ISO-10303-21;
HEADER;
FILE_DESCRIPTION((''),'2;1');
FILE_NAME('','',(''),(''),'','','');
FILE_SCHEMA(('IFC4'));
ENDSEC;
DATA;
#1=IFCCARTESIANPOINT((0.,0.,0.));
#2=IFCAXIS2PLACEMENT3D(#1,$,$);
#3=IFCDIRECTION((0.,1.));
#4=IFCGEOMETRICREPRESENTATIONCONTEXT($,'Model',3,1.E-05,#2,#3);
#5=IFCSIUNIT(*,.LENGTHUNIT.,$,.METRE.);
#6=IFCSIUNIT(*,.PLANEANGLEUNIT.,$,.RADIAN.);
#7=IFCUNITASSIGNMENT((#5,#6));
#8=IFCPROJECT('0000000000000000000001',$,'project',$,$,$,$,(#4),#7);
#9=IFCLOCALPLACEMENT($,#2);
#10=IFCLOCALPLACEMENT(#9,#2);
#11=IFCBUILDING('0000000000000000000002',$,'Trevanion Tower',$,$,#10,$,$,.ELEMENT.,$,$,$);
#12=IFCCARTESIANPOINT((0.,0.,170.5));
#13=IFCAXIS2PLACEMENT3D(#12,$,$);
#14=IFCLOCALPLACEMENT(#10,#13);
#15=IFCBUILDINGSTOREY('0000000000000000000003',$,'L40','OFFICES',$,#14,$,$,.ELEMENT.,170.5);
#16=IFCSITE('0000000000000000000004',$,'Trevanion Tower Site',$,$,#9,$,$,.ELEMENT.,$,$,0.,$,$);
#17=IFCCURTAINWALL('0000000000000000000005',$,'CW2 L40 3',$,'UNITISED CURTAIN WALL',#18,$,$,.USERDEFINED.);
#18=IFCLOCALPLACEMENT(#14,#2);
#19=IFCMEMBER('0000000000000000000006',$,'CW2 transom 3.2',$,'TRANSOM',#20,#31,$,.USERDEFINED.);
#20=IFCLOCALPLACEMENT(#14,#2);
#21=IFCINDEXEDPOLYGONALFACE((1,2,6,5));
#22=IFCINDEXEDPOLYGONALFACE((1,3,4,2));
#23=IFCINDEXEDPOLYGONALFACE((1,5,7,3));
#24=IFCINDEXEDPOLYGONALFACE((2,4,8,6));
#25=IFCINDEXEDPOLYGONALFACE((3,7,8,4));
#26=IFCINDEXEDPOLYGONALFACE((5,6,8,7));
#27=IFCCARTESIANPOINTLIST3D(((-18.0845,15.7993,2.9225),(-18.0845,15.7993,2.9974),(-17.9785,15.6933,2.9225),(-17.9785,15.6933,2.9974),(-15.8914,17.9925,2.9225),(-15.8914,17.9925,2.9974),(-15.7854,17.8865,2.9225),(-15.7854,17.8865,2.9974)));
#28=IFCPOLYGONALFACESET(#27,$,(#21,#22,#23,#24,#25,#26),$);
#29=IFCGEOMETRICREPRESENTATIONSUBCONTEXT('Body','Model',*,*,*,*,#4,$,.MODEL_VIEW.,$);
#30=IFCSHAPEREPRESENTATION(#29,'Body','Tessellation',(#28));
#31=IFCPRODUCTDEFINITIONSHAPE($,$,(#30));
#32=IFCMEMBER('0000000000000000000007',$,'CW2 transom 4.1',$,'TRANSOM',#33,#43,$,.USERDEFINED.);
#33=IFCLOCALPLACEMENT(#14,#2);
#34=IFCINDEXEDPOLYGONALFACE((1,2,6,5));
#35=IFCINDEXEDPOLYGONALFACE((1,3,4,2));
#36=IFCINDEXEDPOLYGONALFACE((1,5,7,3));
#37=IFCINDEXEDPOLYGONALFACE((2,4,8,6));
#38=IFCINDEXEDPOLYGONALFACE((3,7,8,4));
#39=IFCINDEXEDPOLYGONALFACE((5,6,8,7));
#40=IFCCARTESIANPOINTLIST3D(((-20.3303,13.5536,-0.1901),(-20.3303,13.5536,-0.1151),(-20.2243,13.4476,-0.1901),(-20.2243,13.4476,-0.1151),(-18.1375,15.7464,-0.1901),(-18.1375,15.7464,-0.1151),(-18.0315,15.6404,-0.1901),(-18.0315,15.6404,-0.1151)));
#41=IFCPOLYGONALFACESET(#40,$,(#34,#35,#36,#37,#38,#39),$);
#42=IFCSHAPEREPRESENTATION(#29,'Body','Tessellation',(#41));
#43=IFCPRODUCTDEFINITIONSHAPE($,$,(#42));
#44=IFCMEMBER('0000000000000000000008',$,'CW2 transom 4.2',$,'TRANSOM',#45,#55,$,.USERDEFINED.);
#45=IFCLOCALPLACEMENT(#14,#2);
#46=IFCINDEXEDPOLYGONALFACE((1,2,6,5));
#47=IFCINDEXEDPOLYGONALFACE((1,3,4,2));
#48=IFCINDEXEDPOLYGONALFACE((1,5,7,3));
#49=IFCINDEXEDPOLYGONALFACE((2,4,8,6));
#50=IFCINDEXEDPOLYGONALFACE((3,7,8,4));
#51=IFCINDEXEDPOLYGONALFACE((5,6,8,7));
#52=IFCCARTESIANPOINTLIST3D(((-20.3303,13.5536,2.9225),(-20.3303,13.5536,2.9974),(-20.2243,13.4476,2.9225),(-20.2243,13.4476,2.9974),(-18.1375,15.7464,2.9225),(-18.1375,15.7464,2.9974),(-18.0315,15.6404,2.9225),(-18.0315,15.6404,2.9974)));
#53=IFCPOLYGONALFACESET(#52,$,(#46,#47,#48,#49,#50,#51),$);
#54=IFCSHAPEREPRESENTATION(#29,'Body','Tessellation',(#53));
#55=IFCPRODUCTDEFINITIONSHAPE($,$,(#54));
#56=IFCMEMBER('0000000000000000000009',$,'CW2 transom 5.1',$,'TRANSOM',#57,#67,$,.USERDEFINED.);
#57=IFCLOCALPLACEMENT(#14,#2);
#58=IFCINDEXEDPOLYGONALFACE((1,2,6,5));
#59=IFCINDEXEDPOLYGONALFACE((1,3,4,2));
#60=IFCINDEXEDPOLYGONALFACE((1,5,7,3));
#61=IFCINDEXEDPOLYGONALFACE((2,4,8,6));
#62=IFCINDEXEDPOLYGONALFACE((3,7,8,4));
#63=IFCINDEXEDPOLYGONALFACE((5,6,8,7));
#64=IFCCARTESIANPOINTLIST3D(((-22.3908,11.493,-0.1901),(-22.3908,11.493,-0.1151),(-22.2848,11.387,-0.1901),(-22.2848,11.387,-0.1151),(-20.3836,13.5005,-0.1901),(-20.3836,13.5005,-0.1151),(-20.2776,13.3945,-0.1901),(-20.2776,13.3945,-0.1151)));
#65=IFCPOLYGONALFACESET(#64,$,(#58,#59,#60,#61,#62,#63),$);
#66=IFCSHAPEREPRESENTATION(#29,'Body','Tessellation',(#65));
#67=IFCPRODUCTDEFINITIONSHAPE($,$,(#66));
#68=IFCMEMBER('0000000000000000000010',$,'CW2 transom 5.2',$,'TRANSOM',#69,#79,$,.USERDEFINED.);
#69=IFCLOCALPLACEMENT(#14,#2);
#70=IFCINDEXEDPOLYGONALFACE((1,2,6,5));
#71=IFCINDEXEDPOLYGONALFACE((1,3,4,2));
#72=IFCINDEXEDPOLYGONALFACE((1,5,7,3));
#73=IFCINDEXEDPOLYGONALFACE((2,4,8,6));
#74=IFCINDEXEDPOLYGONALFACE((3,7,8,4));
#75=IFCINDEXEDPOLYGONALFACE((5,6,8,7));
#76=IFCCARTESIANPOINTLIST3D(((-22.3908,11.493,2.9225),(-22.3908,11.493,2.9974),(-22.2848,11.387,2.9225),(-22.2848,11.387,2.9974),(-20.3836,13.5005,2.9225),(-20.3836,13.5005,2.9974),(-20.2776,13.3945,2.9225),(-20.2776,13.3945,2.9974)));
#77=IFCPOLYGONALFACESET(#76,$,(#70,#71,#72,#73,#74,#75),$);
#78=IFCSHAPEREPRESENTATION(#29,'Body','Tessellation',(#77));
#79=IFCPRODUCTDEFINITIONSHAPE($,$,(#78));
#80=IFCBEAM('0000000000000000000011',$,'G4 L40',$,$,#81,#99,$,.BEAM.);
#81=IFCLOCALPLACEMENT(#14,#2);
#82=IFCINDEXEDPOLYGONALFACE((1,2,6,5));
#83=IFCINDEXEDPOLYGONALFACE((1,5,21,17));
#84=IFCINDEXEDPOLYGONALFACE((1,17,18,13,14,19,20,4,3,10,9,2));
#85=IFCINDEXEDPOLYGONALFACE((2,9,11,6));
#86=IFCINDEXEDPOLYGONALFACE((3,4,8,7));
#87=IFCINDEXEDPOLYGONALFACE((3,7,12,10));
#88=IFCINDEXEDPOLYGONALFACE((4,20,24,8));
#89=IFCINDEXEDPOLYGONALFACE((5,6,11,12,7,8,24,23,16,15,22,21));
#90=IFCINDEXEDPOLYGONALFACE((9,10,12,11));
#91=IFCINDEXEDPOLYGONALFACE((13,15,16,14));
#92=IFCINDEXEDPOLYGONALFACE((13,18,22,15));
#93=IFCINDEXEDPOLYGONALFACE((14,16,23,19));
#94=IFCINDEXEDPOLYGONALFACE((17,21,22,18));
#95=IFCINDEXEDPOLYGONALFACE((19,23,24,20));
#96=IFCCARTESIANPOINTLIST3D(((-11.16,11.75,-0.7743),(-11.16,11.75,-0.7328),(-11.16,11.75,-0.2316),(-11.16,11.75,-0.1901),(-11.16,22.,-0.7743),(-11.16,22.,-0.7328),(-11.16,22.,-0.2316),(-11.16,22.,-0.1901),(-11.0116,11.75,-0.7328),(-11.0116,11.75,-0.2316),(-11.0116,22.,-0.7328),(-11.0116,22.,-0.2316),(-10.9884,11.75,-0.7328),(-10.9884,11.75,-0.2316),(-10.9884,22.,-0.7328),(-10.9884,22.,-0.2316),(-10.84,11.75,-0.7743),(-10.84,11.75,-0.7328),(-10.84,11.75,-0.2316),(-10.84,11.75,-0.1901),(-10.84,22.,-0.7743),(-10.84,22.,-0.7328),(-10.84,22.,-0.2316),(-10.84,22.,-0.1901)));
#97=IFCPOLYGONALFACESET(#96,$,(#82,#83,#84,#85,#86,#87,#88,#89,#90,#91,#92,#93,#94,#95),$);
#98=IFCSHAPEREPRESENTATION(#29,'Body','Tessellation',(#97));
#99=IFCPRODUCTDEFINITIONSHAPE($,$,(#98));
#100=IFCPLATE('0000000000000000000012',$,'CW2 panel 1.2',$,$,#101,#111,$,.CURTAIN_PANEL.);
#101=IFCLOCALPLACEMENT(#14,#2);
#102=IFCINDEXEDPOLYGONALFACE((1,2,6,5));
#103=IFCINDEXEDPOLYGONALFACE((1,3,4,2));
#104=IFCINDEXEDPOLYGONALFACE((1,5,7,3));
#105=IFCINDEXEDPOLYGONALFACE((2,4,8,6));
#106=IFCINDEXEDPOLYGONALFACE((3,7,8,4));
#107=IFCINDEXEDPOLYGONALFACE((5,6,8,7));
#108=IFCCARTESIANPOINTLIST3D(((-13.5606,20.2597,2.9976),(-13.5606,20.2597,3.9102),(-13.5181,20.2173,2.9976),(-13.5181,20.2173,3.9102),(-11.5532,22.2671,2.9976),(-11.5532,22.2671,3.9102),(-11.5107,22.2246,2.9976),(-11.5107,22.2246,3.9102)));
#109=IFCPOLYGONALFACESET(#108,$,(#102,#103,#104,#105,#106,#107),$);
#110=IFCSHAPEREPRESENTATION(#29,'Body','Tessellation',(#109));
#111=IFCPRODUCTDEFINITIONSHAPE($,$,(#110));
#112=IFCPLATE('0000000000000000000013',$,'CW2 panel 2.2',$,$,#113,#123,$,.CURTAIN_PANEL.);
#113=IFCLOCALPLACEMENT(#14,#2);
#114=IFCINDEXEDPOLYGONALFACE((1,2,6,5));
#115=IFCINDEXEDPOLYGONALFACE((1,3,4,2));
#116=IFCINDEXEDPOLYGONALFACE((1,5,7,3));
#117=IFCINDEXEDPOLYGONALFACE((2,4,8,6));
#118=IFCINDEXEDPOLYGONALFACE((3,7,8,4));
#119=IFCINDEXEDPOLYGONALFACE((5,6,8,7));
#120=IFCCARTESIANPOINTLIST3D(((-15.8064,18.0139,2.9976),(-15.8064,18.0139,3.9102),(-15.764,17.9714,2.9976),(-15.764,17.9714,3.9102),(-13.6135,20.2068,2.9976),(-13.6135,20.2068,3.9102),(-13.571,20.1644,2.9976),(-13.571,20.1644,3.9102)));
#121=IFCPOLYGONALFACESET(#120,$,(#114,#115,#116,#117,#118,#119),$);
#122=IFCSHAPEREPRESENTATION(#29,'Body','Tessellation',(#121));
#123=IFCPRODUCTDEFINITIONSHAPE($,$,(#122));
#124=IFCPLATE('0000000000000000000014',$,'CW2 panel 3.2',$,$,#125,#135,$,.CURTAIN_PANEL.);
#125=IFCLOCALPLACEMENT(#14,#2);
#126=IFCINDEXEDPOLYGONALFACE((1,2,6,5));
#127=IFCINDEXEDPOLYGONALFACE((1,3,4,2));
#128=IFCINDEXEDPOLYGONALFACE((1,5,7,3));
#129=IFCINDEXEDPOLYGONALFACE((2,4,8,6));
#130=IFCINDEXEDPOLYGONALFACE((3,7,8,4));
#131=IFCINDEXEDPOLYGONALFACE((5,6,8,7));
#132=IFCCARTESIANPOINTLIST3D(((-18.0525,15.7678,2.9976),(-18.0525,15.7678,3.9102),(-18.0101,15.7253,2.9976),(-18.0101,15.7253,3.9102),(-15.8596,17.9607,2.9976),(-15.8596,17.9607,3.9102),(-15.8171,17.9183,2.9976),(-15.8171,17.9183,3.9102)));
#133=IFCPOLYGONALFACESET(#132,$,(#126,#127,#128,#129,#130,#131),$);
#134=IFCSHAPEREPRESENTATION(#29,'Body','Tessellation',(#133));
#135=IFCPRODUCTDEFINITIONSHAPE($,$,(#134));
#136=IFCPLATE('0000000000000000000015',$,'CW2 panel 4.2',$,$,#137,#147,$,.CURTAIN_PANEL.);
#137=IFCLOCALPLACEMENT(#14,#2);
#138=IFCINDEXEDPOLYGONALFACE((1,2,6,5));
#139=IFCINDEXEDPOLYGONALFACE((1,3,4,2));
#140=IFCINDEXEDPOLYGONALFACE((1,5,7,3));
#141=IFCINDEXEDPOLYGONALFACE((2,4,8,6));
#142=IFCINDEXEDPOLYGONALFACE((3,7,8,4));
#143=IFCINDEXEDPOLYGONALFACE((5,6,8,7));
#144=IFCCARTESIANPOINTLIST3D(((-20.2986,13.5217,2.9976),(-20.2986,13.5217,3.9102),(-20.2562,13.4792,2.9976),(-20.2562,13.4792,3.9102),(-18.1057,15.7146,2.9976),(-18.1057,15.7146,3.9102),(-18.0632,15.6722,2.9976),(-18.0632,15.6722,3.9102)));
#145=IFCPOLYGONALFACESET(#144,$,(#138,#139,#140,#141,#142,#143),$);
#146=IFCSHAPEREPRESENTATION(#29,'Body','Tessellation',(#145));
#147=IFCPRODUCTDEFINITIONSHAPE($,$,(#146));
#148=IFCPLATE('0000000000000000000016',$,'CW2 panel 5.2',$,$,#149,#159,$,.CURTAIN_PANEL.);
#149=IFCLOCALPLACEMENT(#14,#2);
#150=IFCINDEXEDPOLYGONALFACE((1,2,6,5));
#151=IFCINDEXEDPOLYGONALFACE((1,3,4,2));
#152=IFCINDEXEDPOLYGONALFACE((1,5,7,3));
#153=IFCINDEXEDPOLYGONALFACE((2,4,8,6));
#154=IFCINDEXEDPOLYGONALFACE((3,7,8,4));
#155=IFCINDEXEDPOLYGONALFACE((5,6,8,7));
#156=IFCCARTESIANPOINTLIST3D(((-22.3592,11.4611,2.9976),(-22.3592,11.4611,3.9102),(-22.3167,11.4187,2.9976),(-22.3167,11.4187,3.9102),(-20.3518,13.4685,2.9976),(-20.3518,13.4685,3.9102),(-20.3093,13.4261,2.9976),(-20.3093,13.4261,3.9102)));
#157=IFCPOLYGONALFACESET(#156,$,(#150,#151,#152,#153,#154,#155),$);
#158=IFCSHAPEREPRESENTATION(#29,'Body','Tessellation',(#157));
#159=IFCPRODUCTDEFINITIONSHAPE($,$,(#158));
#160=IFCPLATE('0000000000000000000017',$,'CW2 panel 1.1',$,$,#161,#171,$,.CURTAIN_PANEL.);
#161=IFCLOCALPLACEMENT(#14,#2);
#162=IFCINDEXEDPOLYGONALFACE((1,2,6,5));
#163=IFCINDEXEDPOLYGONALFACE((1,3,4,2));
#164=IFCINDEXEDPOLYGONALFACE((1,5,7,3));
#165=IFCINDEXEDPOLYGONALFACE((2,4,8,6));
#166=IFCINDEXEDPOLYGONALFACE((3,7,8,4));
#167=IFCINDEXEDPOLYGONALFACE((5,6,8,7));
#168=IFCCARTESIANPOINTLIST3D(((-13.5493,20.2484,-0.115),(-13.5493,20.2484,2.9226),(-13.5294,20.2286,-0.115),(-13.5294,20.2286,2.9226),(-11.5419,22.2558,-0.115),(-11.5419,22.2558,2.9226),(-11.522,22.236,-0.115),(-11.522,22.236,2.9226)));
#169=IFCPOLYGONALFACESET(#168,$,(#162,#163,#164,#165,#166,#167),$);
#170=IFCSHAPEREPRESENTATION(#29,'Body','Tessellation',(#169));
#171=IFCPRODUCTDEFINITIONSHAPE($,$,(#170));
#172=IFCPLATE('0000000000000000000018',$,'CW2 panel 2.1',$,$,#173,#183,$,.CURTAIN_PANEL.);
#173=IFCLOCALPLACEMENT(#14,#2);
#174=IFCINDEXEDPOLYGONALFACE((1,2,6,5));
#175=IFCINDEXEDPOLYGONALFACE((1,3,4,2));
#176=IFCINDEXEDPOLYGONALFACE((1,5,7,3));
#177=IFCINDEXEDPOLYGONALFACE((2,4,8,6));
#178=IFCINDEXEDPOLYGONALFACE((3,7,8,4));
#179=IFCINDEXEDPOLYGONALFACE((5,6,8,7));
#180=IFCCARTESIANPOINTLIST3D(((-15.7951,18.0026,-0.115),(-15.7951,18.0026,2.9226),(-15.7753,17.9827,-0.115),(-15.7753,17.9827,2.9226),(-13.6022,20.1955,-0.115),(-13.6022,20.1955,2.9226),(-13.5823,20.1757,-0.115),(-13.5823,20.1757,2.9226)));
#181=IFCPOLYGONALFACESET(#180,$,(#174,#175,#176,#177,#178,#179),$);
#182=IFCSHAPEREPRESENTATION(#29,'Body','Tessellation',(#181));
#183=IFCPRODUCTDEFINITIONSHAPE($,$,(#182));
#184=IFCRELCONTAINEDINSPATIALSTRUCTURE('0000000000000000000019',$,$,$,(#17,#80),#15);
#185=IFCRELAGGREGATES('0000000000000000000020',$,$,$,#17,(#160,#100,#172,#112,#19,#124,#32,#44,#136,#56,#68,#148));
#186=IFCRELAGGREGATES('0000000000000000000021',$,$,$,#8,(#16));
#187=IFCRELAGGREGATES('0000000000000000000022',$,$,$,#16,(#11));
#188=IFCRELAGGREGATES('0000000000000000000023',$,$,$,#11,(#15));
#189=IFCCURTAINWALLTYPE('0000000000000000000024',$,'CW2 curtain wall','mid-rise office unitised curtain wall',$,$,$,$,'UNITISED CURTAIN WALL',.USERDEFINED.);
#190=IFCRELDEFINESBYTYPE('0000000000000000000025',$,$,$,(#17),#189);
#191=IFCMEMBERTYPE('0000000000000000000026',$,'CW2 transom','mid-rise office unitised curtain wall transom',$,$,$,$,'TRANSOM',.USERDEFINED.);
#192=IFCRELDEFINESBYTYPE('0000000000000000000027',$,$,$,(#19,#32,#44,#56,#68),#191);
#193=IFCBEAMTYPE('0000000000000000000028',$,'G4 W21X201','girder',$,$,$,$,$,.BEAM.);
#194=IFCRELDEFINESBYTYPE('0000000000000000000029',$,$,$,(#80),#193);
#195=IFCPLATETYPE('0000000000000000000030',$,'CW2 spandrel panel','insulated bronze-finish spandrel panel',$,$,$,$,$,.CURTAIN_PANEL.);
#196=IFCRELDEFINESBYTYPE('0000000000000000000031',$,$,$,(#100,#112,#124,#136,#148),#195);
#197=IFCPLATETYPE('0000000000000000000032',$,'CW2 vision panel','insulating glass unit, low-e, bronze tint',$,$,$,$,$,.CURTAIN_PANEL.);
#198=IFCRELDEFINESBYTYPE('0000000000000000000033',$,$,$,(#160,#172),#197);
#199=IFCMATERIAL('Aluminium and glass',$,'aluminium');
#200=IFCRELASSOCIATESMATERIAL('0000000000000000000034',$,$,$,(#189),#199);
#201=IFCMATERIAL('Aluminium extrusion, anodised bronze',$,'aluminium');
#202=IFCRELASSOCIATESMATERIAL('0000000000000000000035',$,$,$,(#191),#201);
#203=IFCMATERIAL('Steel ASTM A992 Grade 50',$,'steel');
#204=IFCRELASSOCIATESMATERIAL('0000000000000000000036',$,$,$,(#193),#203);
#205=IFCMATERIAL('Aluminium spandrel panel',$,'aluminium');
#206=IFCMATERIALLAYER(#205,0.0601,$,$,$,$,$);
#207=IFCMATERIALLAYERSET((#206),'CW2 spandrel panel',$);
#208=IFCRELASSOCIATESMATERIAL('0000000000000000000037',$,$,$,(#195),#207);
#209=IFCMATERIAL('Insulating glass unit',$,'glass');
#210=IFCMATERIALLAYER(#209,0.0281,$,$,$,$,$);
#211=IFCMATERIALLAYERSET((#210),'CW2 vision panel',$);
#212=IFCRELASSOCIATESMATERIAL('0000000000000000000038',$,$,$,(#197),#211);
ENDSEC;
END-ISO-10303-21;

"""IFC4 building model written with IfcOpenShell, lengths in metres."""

from ifc_helpers import new_model, si_unit, direction, frame, origin, origin_2d, place, context, subcontext, project, spatial, rectangle, i_section, extrude, material, layer, layer_set, material_profile, profile_set, type_object, element, aggregate, save


model = new_model("IFC4")

# Units and contexts
model_context = context("Model", 3, precision=1e-05, world=origin(), true_north=direction((0.0, 1.0)))
body_context = subcontext(model_context, "Body", "Model", "MODEL_VIEW")
ifc_project = project(units=[si_unit("LENGTHUNIT", "METRE"), si_unit("PLANEANGLEUNIT", "RADIAN")], contexts=[model_context])

# Site, building, storey
site_placement = place(None, origin())
site = spatial("IfcSite", under=ifc_project, at=site_placement, Name="Trevanion Tower Site", CompositionType="ELEMENT", RefElevation=0.0)
building_placement = place(site_placement, origin())
building = spatial("IfcBuilding", under=site, at=building_placement, Name="Trevanion Tower", CompositionType="ELEMENT")
storey_placement = place(building_placement, frame((0.0, 0.0, 170.5)))
storey = spatial("IfcBuildingStorey", under=building, at=storey_placement, Name="L40", Description="OFFICES", CompositionType="ELEMENT", Elevation=170.5)

# Curtain wall
ifc_material_1 = material(Name="Aluminium and glass", Category="aluminium")
curtain_wall_type = type_object("IfcCurtainWallType", Name="CW2 curtain wall", Description="mid-rise office unitised curtain wall", ElementType="UNITISED CURTAIN WALL", PredefinedType="USERDEFINED", material=ifc_material_1)
curtain_wall_1_placement = place(storey_placement, origin())
curtain_wall_1 = element("IfcCurtainWall", 1, at=curtain_wall_1_placement, inside=storey, type_object=curtain_wall_type, Name="CW2 L40 3", ObjectType="UNITISED CURTAIN WALL", PredefinedType="USERDEFINED")

# Members
ifc_material_2 = material(Name="Aluminium extrusion, anodised bronze", Category="aluminium")
ifc_material_profile_1 = material_profile(ifc_material_2, rectangle(XDim=0.1499, YDim=0.075, at=origin_2d()), Name="CW2 transom")
ifc_profile_set_1 = profile_set([ifc_material_profile_1], Name="Aluminium extrusion, anodised bronze")
member_type_1 = type_object("IfcMemberType", Name="CW2 transom", Description="mid-rise office unitised curtain wall transom", ElementType="TRANSOM", PredefinedType="USERDEFINED", material=ifc_profile_set_1)
member_1_placement = place(storey_placement, frame((-15.8384, 17.9395, 2.96), z_axis=(-0.707107, -0.707107, 0.0), x_axis=(0.707107, -0.707107, 0.0)))
member_1 = element("IfcMember", 2, at=member_1_placement, type_object=member_type_1, Name="CW2 transom 3.2", ObjectType="TRANSOM", PredefinedType="USERDEFINED", context=body_context, shape_type="SweptSolid", body=[
    extrude(rectangle(XDim=0.1499, YDim=0.075, at=origin_2d()), origin(), (0.0, 0.0, 1.0), 3.1016),
])
member_2_placement = place(storey_placement, frame((-18.0845, 15.6934, -0.1526), z_axis=(-0.707107, -0.707107, 0.0), x_axis=(0.707107, -0.707107, 0.0)))
member_2 = element("IfcMember", 3, at=member_2_placement, type_object=member_type_1, Name="CW2 transom 4.1", ObjectType="TRANSOM", PredefinedType="USERDEFINED", context=body_context, shape_type="SweptSolid", body=[
    extrude(rectangle(XDim=0.1499, YDim=0.075, at=origin_2d()), origin(), (0.0, 0.0, 1.0), 3.1011),
])
member_3_placement = place(storey_placement, frame((-18.0845, 15.6934, 2.96), z_axis=(-0.707107, -0.707107, 0.0), x_axis=(0.707107, -0.707107, 0.0)))
member_3 = element("IfcMember", 4, at=member_3_placement, type_object=member_type_1, Name="CW2 transom 4.2", ObjectType="TRANSOM", PredefinedType="USERDEFINED", context=body_context, shape_type="SweptSolid", body=[
    extrude(rectangle(XDim=0.1499, YDim=0.075, at=origin_2d()), origin(), (0.0, 0.0, 1.0), 3.1011),
])
member_4_placement = place(storey_placement, frame((-20.3306, 13.4475, -0.1526), z_axis=(-0.707064, -0.70715, 0.0), x_axis=(0.70715, -0.707064, 0.0)))
member_4 = element("IfcMember", 5, at=member_4_placement, type_object=member_type_1, Name="CW2 transom 5.1", ObjectType="TRANSOM", PredefinedType="USERDEFINED", context=body_context, shape_type="SweptSolid", body=[
    extrude(rectangle(XDim=0.1499, YDim=0.075, at=origin_2d()), origin(), (0.0, 0.0, 1.0), 2.8389),
])
member_5_placement = place(storey_placement, frame((-20.3306, 13.4475, 2.96), z_axis=(-0.707064, -0.70715, 0.0), x_axis=(0.70715, -0.707064, 0.0)))
member_5 = element("IfcMember", 6, at=member_5_placement, type_object=member_type_1, Name="CW2 transom 5.2", ObjectType="TRANSOM", PredefinedType="USERDEFINED", context=body_context, shape_type="SweptSolid", body=[
    extrude(rectangle(XDim=0.1499, YDim=0.075, at=origin_2d()), origin(), (0.0, 0.0, 1.0), 2.8389),
])

# Beam
ifc_material_3 = material(Name="Steel ASTM A992 Grade 50", Category="steel")
ifc_material_profile_2 = material_profile(ifc_material_3, i_section(OverallWidth=0.3201, OverallDepth=0.5842, WebThickness=0.0232, FlangeThickness=0.0415, at=origin_2d()), Name="W21X201")
ifc_profile_set_2 = profile_set([ifc_material_profile_2], Name="Steel ASTM A992 Grade 50")
beam_type_1 = type_object("IfcBeamType", Name="G4 W21X201", Description="girder", PredefinedType="BEAM", material=ifc_profile_set_2)
beam_1_placement = place(storey_placement, frame((-11.0, 11.75, -0.4822), z_axis=(0.0, 1.0, 0.0), x_axis=(-1.0, 0.0, 0.0)))
element("IfcBeam", 7, at=beam_1_placement, inside=storey, type_object=beam_type_1, Name="G4 L40", PredefinedType="BEAM", context=body_context, shape_type="SweptSolid", body=[
    extrude(i_section(OverallWidth=0.3201, OverallDepth=0.5842, WebThickness=0.0232, FlangeThickness=0.0415, at=origin_2d()), origin(), (0.0, 0.0, 1.0), 10.25),
])

# Plates
ifc_material_4 = material(Name="Aluminium spandrel panel", Category="aluminium")
ifc_layer_1 = layer(ifc_material_4, 0.0601)
ifc_layer_set_1 = layer_set([ifc_layer_1], Name="CW2 spandrel panel")
plate_type_1 = type_object("IfcPlateType", Name="CW2 spandrel panel", Description="insulated bronze-finish spandrel panel", PredefinedType="CURTAIN_PANEL", material=ifc_layer_set_1)
plate_1_placement = place(storey_placement, frame((-12.5356, 21.2422, 2.9976), z_axis=(0.0, 0.0, 1.0), x_axis=(-0.707107, -0.707107, 0.0)))
plate_1 = element("IfcPlate", 8, at=plate_1_placement, type_object=plate_type_1, Name="CW2 panel 1.2", PredefinedType="CURTAIN_PANEL", context=body_context, shape_type="SweptSolid", body=[
    extrude(rectangle(XDim=2.8389, YDim=0.0601, at=origin_2d()), origin(), (0.0, 0.0, 1.0), 0.9126),
])
plate_2_placement = place(storey_placement, frame((-14.6887, 19.0891, 2.9976), z_axis=(0.0, 0.0, 1.0), x_axis=(-0.707107, -0.707107, 0.0)))
plate_2 = element("IfcPlate", 9, at=plate_2_placement, type_object=plate_type_1, Name="CW2 panel 2.2", PredefinedType="CURTAIN_PANEL", context=body_context, shape_type="SweptSolid", body=[
    extrude(rectangle(XDim=3.1013, YDim=0.0601, at=origin_2d()), origin(), (0.0, 0.0, 1.0), 0.9126),
])
plate_3_placement = place(storey_placement, frame((-16.9348, 16.843, 2.9976), z_axis=(0.0, 0.0, 1.0), x_axis=(-0.707107, -0.707107, 0.0)))
plate_3 = element("IfcPlate", 10, at=plate_3_placement, type_object=plate_type_1, Name="CW2 panel 3.2", PredefinedType="CURTAIN_PANEL", context=body_context, shape_type="SweptSolid", body=[
    extrude(rectangle(XDim=3.1013, YDim=0.0601, at=origin_2d()), origin(), (0.0, 0.0, 1.0), 0.9126),
])
plate_4_placement = place(storey_placement, frame((-19.1809, 14.5969, 2.9976), z_axis=(0.0, 0.0, 1.0), x_axis=(-0.707107, -0.707107, 0.0)))
plate_4 = element("IfcPlate", 11, at=plate_4_placement, type_object=plate_type_1, Name="CW2 panel 4.2", PredefinedType="CURTAIN_PANEL", context=body_context, shape_type="SweptSolid", body=[
    extrude(rectangle(XDim=3.1013, YDim=0.0601, at=origin_2d()), origin(), (0.0, 0.0, 1.0), 0.9126),
])
plate_5_placement = place(storey_placement, frame((-21.3342, 12.4436, 2.9976), z_axis=(0.0, 0.0, 1.0), x_axis=(-0.707107, -0.707107, 0.0)))
plate_5 = element("IfcPlate", 12, at=plate_5_placement, type_object=plate_type_1, Name="CW2 panel 5.2", PredefinedType="CURTAIN_PANEL", context=body_context, shape_type="SweptSolid", body=[
    extrude(rectangle(XDim=2.8389, YDim=0.0601, at=origin_2d()), origin(), (0.0, 0.0, 1.0), 0.9126),
])
ifc_material_5 = material(Name="Insulating glass unit", Category="glass")
ifc_layer_2 = layer(ifc_material_5, 0.0281)
ifc_layer_set_2 = layer_set([ifc_layer_2], Name="CW2 vision panel")
plate_type_2 = type_object("IfcPlateType", Name="CW2 vision panel", Description="insulating glass unit, low-e, bronze tint", PredefinedType="CURTAIN_PANEL", material=ifc_layer_set_2)
plate_6_placement = place(storey_placement, frame((-12.5356, 21.2422, -0.115), z_axis=(0.0, 0.0, 1.0), x_axis=(-0.707107, -0.707107, 0.0)))
plate_6 = element("IfcPlate", 13, at=plate_6_placement, type_object=plate_type_2, Name="CW2 panel 1.1", PredefinedType="CURTAIN_PANEL", context=body_context, shape_type="SweptSolid", body=[
    extrude(rectangle(XDim=2.8389, YDim=0.0281, at=origin_2d()), origin(), (0.0, 0.0, 1.0), 3.0376),
])
plate_7_placement = place(storey_placement, frame((-14.6887, 19.0891, -0.115), z_axis=(0.0, 0.0, 1.0), x_axis=(-0.707107, -0.707107, 0.0)))
plate_7 = element("IfcPlate", 14, at=plate_7_placement, type_object=plate_type_2, Name="CW2 panel 2.1", PredefinedType="CURTAIN_PANEL", context=body_context, shape_type="SweptSolid", body=[
    extrude(rectangle(XDim=3.1013, YDim=0.0281, at=origin_2d()), origin(), (0.0, 0.0, 1.0), 3.0376),
])
aggregate(curtain_wall_1, [plate_6, plate_1, plate_7, plate_2, member_1, plate_3, member_2, member_3, plate_4, member_4, member_5, plate_5])

save(model, "model.ifc")
